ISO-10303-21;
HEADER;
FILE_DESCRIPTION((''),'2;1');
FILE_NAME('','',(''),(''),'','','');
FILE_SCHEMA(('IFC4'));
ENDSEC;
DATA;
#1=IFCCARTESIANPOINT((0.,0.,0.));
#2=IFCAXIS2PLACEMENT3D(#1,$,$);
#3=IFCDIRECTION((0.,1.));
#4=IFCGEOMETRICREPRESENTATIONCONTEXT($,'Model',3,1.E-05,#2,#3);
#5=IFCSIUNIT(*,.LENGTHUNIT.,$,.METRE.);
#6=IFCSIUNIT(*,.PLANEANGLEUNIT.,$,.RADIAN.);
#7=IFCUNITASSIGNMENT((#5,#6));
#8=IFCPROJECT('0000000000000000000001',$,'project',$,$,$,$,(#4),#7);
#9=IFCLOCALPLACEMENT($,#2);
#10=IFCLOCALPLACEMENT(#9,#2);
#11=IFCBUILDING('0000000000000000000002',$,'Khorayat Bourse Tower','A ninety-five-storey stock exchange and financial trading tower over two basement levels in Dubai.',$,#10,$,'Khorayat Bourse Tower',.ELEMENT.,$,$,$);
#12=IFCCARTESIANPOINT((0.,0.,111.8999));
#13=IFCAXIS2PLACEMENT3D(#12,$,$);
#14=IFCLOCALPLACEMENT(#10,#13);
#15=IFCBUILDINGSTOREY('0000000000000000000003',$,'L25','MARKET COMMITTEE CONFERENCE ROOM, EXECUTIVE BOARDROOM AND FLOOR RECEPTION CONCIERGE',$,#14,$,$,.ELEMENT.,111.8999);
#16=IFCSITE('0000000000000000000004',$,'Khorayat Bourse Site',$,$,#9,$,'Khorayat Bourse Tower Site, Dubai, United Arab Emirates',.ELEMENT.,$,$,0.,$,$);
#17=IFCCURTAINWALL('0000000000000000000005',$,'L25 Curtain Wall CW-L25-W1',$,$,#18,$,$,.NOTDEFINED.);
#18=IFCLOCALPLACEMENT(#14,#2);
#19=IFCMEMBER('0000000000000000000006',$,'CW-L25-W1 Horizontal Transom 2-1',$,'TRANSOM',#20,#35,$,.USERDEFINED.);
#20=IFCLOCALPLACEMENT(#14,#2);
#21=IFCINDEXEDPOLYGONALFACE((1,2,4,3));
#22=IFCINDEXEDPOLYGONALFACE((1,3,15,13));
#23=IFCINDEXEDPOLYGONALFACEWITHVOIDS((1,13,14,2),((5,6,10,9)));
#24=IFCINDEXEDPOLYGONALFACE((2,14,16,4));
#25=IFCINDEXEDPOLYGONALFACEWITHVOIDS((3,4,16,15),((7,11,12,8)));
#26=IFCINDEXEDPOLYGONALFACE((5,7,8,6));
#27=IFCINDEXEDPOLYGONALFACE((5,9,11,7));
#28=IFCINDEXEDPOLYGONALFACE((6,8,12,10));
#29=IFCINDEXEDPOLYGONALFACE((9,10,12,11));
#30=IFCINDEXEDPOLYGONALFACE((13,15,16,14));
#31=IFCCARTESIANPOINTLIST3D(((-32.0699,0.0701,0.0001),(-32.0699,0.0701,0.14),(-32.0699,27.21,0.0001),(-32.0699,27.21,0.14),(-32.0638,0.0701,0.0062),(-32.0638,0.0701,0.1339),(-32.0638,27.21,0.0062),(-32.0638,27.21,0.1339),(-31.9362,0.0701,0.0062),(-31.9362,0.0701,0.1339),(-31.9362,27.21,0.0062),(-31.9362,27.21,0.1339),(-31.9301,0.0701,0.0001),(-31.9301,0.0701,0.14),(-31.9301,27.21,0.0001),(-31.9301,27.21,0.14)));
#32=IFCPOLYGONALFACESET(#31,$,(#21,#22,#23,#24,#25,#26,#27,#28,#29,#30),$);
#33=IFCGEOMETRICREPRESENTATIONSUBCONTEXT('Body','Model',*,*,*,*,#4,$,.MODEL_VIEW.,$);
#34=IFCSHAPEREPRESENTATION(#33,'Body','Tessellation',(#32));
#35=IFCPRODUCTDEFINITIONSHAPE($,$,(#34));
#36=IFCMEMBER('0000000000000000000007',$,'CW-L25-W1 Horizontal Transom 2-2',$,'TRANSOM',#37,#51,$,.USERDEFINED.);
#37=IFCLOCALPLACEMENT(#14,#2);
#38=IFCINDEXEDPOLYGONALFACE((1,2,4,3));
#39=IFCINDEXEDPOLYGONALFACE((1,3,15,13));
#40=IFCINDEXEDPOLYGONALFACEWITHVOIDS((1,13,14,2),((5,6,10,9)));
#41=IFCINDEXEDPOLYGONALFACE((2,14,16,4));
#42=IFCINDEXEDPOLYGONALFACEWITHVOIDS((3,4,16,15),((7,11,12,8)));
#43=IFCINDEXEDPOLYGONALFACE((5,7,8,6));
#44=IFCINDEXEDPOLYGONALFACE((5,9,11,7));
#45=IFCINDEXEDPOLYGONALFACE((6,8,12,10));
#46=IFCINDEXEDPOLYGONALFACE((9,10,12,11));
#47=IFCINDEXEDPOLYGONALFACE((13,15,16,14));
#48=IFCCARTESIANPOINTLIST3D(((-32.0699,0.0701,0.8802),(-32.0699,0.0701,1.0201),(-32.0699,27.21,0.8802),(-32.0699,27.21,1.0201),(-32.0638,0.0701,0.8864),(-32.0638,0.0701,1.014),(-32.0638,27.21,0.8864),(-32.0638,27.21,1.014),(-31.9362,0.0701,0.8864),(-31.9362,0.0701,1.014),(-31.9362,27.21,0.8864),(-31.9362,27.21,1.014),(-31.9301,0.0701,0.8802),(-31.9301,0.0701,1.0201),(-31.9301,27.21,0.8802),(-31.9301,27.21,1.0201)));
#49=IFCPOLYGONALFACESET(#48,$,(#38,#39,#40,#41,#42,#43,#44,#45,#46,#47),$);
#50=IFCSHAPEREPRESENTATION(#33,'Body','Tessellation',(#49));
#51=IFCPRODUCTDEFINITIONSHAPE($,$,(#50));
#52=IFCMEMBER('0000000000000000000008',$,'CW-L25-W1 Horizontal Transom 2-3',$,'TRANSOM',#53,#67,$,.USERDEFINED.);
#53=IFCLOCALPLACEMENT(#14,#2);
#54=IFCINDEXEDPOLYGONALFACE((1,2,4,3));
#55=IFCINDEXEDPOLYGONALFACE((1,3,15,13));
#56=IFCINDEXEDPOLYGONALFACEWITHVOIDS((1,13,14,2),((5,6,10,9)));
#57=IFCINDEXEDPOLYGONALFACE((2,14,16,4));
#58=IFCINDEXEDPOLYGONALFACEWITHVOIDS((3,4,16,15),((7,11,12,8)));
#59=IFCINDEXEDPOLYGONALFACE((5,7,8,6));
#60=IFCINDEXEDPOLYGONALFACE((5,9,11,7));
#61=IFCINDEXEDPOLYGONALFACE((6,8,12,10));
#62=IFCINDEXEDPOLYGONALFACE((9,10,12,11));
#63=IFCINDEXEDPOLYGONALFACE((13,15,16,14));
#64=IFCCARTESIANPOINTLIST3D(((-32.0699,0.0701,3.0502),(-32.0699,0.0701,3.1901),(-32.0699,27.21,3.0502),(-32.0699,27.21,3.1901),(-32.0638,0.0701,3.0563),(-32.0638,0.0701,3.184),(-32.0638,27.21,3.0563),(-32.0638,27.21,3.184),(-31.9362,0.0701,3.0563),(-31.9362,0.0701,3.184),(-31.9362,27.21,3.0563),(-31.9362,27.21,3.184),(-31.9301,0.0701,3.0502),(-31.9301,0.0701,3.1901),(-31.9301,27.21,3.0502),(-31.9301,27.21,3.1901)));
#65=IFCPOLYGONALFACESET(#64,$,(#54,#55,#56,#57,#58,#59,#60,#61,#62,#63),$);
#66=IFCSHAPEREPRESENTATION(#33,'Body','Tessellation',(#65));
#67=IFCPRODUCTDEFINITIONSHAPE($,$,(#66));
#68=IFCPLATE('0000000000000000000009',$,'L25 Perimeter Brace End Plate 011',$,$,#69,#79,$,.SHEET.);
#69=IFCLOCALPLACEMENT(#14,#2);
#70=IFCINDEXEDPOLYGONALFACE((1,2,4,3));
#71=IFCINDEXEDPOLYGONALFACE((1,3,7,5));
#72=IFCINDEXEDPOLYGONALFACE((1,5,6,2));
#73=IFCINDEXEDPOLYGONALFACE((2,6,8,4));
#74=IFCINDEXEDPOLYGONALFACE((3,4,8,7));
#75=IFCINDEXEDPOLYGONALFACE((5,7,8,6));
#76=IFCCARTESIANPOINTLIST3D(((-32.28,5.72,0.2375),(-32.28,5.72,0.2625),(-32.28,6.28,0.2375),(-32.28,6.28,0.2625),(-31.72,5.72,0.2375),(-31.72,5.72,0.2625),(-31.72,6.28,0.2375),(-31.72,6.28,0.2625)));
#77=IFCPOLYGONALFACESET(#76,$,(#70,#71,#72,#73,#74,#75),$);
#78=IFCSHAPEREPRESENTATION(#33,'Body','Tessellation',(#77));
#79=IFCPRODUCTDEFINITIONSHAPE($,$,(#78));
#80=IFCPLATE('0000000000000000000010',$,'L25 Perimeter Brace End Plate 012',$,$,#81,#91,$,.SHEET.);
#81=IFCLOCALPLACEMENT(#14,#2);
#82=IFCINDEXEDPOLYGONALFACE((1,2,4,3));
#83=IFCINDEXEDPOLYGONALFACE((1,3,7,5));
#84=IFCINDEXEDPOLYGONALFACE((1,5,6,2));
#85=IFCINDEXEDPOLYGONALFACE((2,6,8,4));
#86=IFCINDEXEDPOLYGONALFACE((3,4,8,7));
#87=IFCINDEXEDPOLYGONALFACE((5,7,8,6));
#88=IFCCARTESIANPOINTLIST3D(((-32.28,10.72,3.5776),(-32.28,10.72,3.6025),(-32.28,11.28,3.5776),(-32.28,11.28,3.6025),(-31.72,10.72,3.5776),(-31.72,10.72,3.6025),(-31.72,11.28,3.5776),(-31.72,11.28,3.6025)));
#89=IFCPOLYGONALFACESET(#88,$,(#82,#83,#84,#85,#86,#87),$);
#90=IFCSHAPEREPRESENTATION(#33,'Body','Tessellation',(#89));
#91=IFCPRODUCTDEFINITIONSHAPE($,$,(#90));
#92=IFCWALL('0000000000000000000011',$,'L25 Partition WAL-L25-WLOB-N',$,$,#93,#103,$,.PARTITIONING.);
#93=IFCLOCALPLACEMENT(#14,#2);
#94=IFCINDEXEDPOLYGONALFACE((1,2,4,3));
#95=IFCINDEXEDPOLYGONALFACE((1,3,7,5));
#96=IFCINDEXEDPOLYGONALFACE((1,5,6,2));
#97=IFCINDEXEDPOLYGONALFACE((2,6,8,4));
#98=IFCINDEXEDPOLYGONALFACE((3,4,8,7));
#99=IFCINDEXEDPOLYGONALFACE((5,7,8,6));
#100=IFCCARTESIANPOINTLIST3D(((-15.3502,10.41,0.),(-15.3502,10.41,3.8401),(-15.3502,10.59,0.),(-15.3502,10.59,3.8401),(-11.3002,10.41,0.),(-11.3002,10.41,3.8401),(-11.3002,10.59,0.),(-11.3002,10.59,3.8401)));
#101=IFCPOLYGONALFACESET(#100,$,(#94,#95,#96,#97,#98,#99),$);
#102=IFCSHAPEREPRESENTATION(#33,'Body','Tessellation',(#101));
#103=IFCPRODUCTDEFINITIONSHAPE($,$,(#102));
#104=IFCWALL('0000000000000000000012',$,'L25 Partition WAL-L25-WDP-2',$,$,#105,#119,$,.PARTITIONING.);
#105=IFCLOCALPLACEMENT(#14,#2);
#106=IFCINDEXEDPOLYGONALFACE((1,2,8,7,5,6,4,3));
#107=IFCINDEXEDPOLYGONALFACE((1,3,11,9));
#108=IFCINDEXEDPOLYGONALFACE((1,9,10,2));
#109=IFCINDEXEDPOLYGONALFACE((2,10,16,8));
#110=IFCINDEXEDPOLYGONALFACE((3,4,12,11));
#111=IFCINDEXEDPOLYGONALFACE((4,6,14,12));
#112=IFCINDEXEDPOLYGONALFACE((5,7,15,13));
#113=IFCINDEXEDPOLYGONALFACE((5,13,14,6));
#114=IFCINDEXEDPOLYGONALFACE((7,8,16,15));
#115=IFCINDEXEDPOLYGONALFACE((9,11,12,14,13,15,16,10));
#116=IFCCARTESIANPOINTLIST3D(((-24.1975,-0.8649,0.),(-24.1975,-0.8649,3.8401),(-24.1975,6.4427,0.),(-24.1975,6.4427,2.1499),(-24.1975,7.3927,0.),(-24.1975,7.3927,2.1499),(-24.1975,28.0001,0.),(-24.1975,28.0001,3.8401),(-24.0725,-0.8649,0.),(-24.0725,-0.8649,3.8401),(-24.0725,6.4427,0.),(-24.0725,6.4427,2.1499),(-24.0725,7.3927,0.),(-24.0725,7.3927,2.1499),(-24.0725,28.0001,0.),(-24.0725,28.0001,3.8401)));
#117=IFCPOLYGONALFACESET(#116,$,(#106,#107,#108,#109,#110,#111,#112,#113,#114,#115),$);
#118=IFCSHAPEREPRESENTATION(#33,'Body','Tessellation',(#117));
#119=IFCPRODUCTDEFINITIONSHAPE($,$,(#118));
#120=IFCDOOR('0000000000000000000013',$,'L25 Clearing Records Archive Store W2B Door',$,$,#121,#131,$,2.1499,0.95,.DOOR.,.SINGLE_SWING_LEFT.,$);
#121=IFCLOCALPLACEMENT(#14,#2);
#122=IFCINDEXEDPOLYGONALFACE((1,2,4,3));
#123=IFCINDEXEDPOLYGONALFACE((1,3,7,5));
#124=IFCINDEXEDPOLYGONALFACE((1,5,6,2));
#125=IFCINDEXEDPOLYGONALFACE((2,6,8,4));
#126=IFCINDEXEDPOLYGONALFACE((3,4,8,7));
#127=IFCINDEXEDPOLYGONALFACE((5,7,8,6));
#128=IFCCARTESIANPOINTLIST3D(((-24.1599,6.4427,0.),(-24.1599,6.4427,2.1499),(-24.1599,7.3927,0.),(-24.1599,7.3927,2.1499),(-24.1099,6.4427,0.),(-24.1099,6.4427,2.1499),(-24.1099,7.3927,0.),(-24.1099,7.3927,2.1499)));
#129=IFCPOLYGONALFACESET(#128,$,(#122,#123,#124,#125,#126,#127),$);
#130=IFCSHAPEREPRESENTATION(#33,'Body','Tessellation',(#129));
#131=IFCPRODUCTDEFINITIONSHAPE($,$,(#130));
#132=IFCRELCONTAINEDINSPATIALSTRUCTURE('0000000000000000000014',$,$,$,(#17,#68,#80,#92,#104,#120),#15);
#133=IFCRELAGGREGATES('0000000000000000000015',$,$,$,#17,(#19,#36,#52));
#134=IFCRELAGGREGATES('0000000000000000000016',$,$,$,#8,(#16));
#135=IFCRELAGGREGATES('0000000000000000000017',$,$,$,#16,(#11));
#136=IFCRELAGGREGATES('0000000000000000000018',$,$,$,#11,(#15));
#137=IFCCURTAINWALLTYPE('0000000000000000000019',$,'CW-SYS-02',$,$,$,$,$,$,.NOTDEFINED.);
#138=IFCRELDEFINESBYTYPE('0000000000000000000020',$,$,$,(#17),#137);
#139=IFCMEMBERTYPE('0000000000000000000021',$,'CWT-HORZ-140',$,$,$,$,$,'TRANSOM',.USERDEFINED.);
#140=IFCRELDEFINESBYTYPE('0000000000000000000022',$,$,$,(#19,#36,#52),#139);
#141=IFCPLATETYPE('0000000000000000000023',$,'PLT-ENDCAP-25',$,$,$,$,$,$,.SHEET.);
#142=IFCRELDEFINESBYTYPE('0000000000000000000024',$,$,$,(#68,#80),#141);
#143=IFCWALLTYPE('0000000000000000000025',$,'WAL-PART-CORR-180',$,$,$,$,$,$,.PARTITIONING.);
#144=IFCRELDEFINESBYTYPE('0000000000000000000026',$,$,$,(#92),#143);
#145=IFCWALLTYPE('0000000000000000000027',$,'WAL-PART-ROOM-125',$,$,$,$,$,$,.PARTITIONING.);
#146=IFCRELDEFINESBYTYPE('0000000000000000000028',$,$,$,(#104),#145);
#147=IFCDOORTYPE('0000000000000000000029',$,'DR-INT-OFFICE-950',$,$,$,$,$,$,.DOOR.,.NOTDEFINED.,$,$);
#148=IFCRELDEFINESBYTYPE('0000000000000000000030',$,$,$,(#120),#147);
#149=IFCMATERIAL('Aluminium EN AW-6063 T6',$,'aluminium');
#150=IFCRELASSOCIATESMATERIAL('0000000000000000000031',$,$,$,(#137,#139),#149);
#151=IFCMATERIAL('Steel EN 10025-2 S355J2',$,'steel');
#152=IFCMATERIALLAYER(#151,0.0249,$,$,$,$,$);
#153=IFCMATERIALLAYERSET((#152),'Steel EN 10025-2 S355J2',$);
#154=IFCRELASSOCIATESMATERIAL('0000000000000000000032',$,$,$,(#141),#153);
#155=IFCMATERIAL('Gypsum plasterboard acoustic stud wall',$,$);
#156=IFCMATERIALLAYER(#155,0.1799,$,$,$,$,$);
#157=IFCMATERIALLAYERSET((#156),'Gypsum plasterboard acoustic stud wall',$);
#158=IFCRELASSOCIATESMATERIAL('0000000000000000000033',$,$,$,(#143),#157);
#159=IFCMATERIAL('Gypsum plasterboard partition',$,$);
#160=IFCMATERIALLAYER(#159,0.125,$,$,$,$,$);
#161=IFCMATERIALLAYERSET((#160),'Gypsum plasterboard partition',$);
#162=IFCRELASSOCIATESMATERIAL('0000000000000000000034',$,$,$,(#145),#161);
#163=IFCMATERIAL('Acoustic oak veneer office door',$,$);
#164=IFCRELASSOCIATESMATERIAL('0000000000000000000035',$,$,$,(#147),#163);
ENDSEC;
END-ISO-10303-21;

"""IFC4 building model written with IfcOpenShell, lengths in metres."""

from ifc_helpers import new_model, si_unit, direction, frame, frame_2d, origin, origin_2d, place, context, subcontext, project, spatial, rectangle, hollow_rectangle, extrude, source, transform, mapped, material, layer, layer_set, material_profile, profile_set, type_object, element, fill, aggregate, save


model = new_model("IFC4")

# Units and contexts
model_context = context("Model", 3, precision=1e-05, world=origin(), true_north=direction((0.0, 1.0)))
body_context = subcontext(model_context, "Body", "Model", "MODEL_VIEW")
ifc_project = project(units=[si_unit("LENGTHUNIT", "METRE"), si_unit("PLANEANGLEUNIT", "RADIAN")], contexts=[model_context])

# Site, building, storey
site_placement = place(None, origin())
site = spatial("IfcSite", under=ifc_project, at=site_placement, Name="Khorayat Bourse Site", LongName="Khorayat Bourse Tower Site, Dubai, United Arab Emirates", CompositionType="ELEMENT", RefElevation=0.0)
building_placement = place(site_placement, origin())
building = spatial("IfcBuilding", under=site, at=building_placement, Name="Khorayat Bourse Tower", Description="A ninety-five-storey stock exchange and financial trading tower over two basement levels in Dubai.", LongName="Khorayat Bourse Tower", CompositionType="ELEMENT")
storey_placement = place(building_placement, frame((0.0, 0.0, 111.8999)))
storey = spatial("IfcBuildingStorey", under=building, at=storey_placement, Name="L25", Description="MARKET COMMITTEE CONFERENCE ROOM, EXECUTIVE BOARDROOM AND FLOOR RECEPTION CONCIERGE", CompositionType="ELEMENT", Elevation=111.8999)

# Curtain wall, members
ifc_material_1 = material(Name="Aluminium EN AW-6063 T6", Category="aluminium")
curtain_wall_type = type_object("IfcCurtainWallType", Name="CW-SYS-02", PredefinedType="NOTDEFINED", material=ifc_material_1)
curtain_wall_placement = place(storey_placement, origin())
curtain_wall = element("IfcCurtainWall", 1, at=curtain_wall_placement, inside=storey, type_object=curtain_wall_type, Name="L25 Curtain Wall CW-L25-W1", PredefinedType="NOTDEFINED")
ifc_material_profile_1 = material_profile(ifc_material_1, hollow_rectangle(XDim=0.1399, YDim=0.1399, WallThickness=0.0061, at=origin_2d()), Name="ALU 140x140x6")
ifc_profile_set_1 = profile_set([ifc_material_profile_1], Name="Aluminium EN AW-6063 T6")
member_type_1 = type_object("IfcMemberType", Name="CWT-HORZ-140", ElementType="TRANSOM", PredefinedType="USERDEFINED", material=ifc_profile_set_1)
shared_shape_1 = source(origin(), body_context, "Body", "SweptSolid", [
    extrude(hollow_rectangle(XDim=0.1399, YDim=0.1399, WallThickness=0.0061, at=origin_2d()), origin(), (0.0, 0.0, 1.0), 27.1399),
])
member_1_placement = place(storey_placement, frame((-32.0, 0.0701, 0.0701), z_axis=(0.0, 1.0, 0.0), x_axis=(-1.0, 0.0, 0.0)))
member_1 = element("IfcMember", 2, at=member_1_placement, type_object=member_type_1, Name="CW-L25-W1 Horizontal Transom 2-1", ObjectType="TRANSOM", PredefinedType="USERDEFINED", context=body_context, shape_type="MappedRepresentation", body=[
    mapped(shared_shape_1, transform((0.0, 0.0, 0.0), scale=1.0)),
])
member_2_placement = place(storey_placement, frame((-32.0, 0.0701, 0.9502), z_axis=(0.0, 1.0, 0.0), x_axis=(-1.0, 0.0, 0.0)))
member_2 = element("IfcMember", 3, at=member_2_placement, type_object=member_type_1, Name="CW-L25-W1 Horizontal Transom 2-2", ObjectType="TRANSOM", PredefinedType="USERDEFINED", context=body_context, shape_type="MappedRepresentation", body=[
    mapped(shared_shape_1, transform((0.0, 0.0, 0.0), scale=1.0)),
])
member_3_placement = place(storey_placement, frame((-32.0, 0.0701, 3.1201), z_axis=(0.0, 1.0, 0.0), x_axis=(-1.0, 0.0, 0.0)))
member_3 = element("IfcMember", 4, at=member_3_placement, type_object=member_type_1, Name="CW-L25-W1 Horizontal Transom 2-3", ObjectType="TRANSOM", PredefinedType="USERDEFINED", context=body_context, shape_type="MappedRepresentation", body=[
    mapped(shared_shape_1, transform((0.0, 0.0, 0.0), scale=1.0)),
])
aggregate(curtain_wall, [member_1, member_2, member_3])

# Plates
ifc_material_2 = material(Name="Steel EN 10025-2 S355J2", Category="steel")
ifc_layer_1 = layer(ifc_material_2, 0.0249)
ifc_layer_set_1 = layer_set([ifc_layer_1], Name="Steel EN 10025-2 S355J2")
plate_type = type_object("IfcPlateType", Name="PLT-ENDCAP-25", PredefinedType="SHEET", material=ifc_layer_set_1)
shared_shape_2 = source(origin(), body_context, "Body", "SweptSolid", [
    extrude(rectangle(XDim=0.5601, YDim=0.5601, at=origin_2d()), origin(), (0.0, 0.0, 1.0), 0.0249),
])
for number, where, z_axis, x_axis, name in (
    (5, (-32.0, 6.0, 0.2375), (0.0, 0.0, 1.0), (1.0, 0.0, 0.0), "L25 Perimeter Brace End Plate 011"),
    (6, (-32.0, 11.0, 3.5776), (0.0, 0.0, 1.0), (1.0, 0.0, 0.0), "L25 Perimeter Brace End Plate 012"),
):
    element("IfcPlate", number, at=place(storey_placement, frame(where, z_axis=z_axis, x_axis=x_axis)), inside=storey, type_object=plate_type, Name=name, PredefinedType="SHEET", context=body_context, shape_type="MappedRepresentation", body=[
        mapped(shared_shape_2, transform((0.0, 0.0, 0.0), scale=1.0)),
    ])

# Wall
ifc_material_3 = material(Name="Gypsum plasterboard acoustic stud wall")
ifc_layer_2 = layer(ifc_material_3, 0.1799)
ifc_layer_set_2 = layer_set([ifc_layer_2], Name="Gypsum plasterboard acoustic stud wall")
wall_type_1 = type_object("IfcWallType", Name="WAL-PART-CORR-180", PredefinedType="PARTITIONING", material=ifc_layer_set_2)
shared_shape_3 = source(origin(), body_context, "Body", "SweptSolid", [
    extrude(rectangle(XDim=4.05, YDim=0.1799, at=frame_2d((2.0249, 0.0))), origin(), (0.0, 0.0, 1.0), 3.8401),
])
wall_1_placement = place(storey_placement, frame((-15.3501, 10.5, 0.0), z_axis=(0.0, 0.0, 1.0), x_axis=(1.0, 0.0, 0.0)))
element("IfcWall", 7, at=wall_1_placement, inside=storey, type_object=wall_type_1, Name="L25 Partition WAL-L25-WLOB-N", PredefinedType="PARTITIONING", context=body_context, shape_type="MappedRepresentation", body=[
    mapped(shared_shape_3, transform((0.0, 0.0, 0.0), scale=1.0)),
])

# Wall, opening, door
ifc_material_4 = material(Name="Gypsum plasterboard partition")
ifc_layer_3 = layer(ifc_material_4, 0.125)
ifc_layer_set_3 = layer_set([ifc_layer_3], Name="Gypsum plasterboard partition")
wall_type_2 = type_object("IfcWallType", Name="WAL-PART-ROOM-125", PredefinedType="PARTITIONING", material=ifc_layer_set_3)
shared_shape_4 = source(origin(), body_context, "Body", "SweptSolid", [
    extrude(rectangle(XDim=28.865, YDim=0.125, at=frame_2d((14.4326, 0.0))), origin(), (0.0, 0.0, 1.0), 3.8401),
])
wall_2_placement = place(storey_placement, frame((-24.135, -0.865, 0.0), z_axis=(0.0, 0.0, 1.0), x_axis=(0.0, 1.0, 0.0)))
wall_2 = element("IfcWall", 8, at=wall_2_placement, inside=storey, type_object=wall_type_2, Name="L25 Partition WAL-L25-WDP-2", PredefinedType="PARTITIONING", context=body_context, shape_type="MappedRepresentation", body=[
    mapped(shared_shape_4, transform((0.0, 0.0, 0.0), scale=1.0)),
])
shared_shape_5 = source(origin(), body_context, "Body", "SweptSolid", [
    extrude(rectangle(XDim=0.95, YDim=2.1499, at=frame_2d((0.4751, 1.075))), frame((0.0, 0.0725, 0.0), z_axis=(0.0, -1.0, 0.0), x_axis=(1.0, 0.0, 0.0)), (0.0, 0.0, 1.0), 0.145),
])
opening_placement = place(wall_2_placement, frame((7.3076, 0.0, 0.0)))
opening = element("IfcOpeningElement", 9, at=opening_placement, cuts=wall_2, PredefinedType="OPENING", context=body_context, shape_type="MappedRepresentation", body=[
    mapped(shared_shape_5, transform((0.0, 0.0, 0.0), scale=1.0)),
])
ifc_material_5 = material(Name="Acoustic oak veneer office door")
door_type = type_object("IfcDoorType", Name="DR-INT-OFFICE-950", OperationType="NOTDEFINED", PredefinedType="DOOR", material=ifc_material_5)
shared_shape_6 = source(origin(), body_context, "Body", "SweptSolid", [
    extrude(rectangle(XDim=0.95, YDim=2.1499, at=frame_2d((0.4751, 1.075))), frame((0.0, 0.0249, 0.0), z_axis=(0.0, -1.0, 0.0), x_axis=(1.0, 0.0, 0.0)), (0.0, 0.0, 1.0), 0.05),
])
door_placement = place(opening_placement, origin())
door = element("IfcDoor", 10, at=door_placement, inside=storey, type_object=door_type, Name="L25 Clearing Records Archive Store W2B Door", OperationType="SINGLE_SWING_LEFT", OverallHeight=2.1499, OverallWidth=0.95, PredefinedType="DOOR", context=body_context, shape_type="MappedRepresentation", body=[
    mapped(shared_shape_6, transform((0.0, 0.0, 0.0), scale=1.0)),
])
fill(opening, door)

save(model, "model.ifc")
